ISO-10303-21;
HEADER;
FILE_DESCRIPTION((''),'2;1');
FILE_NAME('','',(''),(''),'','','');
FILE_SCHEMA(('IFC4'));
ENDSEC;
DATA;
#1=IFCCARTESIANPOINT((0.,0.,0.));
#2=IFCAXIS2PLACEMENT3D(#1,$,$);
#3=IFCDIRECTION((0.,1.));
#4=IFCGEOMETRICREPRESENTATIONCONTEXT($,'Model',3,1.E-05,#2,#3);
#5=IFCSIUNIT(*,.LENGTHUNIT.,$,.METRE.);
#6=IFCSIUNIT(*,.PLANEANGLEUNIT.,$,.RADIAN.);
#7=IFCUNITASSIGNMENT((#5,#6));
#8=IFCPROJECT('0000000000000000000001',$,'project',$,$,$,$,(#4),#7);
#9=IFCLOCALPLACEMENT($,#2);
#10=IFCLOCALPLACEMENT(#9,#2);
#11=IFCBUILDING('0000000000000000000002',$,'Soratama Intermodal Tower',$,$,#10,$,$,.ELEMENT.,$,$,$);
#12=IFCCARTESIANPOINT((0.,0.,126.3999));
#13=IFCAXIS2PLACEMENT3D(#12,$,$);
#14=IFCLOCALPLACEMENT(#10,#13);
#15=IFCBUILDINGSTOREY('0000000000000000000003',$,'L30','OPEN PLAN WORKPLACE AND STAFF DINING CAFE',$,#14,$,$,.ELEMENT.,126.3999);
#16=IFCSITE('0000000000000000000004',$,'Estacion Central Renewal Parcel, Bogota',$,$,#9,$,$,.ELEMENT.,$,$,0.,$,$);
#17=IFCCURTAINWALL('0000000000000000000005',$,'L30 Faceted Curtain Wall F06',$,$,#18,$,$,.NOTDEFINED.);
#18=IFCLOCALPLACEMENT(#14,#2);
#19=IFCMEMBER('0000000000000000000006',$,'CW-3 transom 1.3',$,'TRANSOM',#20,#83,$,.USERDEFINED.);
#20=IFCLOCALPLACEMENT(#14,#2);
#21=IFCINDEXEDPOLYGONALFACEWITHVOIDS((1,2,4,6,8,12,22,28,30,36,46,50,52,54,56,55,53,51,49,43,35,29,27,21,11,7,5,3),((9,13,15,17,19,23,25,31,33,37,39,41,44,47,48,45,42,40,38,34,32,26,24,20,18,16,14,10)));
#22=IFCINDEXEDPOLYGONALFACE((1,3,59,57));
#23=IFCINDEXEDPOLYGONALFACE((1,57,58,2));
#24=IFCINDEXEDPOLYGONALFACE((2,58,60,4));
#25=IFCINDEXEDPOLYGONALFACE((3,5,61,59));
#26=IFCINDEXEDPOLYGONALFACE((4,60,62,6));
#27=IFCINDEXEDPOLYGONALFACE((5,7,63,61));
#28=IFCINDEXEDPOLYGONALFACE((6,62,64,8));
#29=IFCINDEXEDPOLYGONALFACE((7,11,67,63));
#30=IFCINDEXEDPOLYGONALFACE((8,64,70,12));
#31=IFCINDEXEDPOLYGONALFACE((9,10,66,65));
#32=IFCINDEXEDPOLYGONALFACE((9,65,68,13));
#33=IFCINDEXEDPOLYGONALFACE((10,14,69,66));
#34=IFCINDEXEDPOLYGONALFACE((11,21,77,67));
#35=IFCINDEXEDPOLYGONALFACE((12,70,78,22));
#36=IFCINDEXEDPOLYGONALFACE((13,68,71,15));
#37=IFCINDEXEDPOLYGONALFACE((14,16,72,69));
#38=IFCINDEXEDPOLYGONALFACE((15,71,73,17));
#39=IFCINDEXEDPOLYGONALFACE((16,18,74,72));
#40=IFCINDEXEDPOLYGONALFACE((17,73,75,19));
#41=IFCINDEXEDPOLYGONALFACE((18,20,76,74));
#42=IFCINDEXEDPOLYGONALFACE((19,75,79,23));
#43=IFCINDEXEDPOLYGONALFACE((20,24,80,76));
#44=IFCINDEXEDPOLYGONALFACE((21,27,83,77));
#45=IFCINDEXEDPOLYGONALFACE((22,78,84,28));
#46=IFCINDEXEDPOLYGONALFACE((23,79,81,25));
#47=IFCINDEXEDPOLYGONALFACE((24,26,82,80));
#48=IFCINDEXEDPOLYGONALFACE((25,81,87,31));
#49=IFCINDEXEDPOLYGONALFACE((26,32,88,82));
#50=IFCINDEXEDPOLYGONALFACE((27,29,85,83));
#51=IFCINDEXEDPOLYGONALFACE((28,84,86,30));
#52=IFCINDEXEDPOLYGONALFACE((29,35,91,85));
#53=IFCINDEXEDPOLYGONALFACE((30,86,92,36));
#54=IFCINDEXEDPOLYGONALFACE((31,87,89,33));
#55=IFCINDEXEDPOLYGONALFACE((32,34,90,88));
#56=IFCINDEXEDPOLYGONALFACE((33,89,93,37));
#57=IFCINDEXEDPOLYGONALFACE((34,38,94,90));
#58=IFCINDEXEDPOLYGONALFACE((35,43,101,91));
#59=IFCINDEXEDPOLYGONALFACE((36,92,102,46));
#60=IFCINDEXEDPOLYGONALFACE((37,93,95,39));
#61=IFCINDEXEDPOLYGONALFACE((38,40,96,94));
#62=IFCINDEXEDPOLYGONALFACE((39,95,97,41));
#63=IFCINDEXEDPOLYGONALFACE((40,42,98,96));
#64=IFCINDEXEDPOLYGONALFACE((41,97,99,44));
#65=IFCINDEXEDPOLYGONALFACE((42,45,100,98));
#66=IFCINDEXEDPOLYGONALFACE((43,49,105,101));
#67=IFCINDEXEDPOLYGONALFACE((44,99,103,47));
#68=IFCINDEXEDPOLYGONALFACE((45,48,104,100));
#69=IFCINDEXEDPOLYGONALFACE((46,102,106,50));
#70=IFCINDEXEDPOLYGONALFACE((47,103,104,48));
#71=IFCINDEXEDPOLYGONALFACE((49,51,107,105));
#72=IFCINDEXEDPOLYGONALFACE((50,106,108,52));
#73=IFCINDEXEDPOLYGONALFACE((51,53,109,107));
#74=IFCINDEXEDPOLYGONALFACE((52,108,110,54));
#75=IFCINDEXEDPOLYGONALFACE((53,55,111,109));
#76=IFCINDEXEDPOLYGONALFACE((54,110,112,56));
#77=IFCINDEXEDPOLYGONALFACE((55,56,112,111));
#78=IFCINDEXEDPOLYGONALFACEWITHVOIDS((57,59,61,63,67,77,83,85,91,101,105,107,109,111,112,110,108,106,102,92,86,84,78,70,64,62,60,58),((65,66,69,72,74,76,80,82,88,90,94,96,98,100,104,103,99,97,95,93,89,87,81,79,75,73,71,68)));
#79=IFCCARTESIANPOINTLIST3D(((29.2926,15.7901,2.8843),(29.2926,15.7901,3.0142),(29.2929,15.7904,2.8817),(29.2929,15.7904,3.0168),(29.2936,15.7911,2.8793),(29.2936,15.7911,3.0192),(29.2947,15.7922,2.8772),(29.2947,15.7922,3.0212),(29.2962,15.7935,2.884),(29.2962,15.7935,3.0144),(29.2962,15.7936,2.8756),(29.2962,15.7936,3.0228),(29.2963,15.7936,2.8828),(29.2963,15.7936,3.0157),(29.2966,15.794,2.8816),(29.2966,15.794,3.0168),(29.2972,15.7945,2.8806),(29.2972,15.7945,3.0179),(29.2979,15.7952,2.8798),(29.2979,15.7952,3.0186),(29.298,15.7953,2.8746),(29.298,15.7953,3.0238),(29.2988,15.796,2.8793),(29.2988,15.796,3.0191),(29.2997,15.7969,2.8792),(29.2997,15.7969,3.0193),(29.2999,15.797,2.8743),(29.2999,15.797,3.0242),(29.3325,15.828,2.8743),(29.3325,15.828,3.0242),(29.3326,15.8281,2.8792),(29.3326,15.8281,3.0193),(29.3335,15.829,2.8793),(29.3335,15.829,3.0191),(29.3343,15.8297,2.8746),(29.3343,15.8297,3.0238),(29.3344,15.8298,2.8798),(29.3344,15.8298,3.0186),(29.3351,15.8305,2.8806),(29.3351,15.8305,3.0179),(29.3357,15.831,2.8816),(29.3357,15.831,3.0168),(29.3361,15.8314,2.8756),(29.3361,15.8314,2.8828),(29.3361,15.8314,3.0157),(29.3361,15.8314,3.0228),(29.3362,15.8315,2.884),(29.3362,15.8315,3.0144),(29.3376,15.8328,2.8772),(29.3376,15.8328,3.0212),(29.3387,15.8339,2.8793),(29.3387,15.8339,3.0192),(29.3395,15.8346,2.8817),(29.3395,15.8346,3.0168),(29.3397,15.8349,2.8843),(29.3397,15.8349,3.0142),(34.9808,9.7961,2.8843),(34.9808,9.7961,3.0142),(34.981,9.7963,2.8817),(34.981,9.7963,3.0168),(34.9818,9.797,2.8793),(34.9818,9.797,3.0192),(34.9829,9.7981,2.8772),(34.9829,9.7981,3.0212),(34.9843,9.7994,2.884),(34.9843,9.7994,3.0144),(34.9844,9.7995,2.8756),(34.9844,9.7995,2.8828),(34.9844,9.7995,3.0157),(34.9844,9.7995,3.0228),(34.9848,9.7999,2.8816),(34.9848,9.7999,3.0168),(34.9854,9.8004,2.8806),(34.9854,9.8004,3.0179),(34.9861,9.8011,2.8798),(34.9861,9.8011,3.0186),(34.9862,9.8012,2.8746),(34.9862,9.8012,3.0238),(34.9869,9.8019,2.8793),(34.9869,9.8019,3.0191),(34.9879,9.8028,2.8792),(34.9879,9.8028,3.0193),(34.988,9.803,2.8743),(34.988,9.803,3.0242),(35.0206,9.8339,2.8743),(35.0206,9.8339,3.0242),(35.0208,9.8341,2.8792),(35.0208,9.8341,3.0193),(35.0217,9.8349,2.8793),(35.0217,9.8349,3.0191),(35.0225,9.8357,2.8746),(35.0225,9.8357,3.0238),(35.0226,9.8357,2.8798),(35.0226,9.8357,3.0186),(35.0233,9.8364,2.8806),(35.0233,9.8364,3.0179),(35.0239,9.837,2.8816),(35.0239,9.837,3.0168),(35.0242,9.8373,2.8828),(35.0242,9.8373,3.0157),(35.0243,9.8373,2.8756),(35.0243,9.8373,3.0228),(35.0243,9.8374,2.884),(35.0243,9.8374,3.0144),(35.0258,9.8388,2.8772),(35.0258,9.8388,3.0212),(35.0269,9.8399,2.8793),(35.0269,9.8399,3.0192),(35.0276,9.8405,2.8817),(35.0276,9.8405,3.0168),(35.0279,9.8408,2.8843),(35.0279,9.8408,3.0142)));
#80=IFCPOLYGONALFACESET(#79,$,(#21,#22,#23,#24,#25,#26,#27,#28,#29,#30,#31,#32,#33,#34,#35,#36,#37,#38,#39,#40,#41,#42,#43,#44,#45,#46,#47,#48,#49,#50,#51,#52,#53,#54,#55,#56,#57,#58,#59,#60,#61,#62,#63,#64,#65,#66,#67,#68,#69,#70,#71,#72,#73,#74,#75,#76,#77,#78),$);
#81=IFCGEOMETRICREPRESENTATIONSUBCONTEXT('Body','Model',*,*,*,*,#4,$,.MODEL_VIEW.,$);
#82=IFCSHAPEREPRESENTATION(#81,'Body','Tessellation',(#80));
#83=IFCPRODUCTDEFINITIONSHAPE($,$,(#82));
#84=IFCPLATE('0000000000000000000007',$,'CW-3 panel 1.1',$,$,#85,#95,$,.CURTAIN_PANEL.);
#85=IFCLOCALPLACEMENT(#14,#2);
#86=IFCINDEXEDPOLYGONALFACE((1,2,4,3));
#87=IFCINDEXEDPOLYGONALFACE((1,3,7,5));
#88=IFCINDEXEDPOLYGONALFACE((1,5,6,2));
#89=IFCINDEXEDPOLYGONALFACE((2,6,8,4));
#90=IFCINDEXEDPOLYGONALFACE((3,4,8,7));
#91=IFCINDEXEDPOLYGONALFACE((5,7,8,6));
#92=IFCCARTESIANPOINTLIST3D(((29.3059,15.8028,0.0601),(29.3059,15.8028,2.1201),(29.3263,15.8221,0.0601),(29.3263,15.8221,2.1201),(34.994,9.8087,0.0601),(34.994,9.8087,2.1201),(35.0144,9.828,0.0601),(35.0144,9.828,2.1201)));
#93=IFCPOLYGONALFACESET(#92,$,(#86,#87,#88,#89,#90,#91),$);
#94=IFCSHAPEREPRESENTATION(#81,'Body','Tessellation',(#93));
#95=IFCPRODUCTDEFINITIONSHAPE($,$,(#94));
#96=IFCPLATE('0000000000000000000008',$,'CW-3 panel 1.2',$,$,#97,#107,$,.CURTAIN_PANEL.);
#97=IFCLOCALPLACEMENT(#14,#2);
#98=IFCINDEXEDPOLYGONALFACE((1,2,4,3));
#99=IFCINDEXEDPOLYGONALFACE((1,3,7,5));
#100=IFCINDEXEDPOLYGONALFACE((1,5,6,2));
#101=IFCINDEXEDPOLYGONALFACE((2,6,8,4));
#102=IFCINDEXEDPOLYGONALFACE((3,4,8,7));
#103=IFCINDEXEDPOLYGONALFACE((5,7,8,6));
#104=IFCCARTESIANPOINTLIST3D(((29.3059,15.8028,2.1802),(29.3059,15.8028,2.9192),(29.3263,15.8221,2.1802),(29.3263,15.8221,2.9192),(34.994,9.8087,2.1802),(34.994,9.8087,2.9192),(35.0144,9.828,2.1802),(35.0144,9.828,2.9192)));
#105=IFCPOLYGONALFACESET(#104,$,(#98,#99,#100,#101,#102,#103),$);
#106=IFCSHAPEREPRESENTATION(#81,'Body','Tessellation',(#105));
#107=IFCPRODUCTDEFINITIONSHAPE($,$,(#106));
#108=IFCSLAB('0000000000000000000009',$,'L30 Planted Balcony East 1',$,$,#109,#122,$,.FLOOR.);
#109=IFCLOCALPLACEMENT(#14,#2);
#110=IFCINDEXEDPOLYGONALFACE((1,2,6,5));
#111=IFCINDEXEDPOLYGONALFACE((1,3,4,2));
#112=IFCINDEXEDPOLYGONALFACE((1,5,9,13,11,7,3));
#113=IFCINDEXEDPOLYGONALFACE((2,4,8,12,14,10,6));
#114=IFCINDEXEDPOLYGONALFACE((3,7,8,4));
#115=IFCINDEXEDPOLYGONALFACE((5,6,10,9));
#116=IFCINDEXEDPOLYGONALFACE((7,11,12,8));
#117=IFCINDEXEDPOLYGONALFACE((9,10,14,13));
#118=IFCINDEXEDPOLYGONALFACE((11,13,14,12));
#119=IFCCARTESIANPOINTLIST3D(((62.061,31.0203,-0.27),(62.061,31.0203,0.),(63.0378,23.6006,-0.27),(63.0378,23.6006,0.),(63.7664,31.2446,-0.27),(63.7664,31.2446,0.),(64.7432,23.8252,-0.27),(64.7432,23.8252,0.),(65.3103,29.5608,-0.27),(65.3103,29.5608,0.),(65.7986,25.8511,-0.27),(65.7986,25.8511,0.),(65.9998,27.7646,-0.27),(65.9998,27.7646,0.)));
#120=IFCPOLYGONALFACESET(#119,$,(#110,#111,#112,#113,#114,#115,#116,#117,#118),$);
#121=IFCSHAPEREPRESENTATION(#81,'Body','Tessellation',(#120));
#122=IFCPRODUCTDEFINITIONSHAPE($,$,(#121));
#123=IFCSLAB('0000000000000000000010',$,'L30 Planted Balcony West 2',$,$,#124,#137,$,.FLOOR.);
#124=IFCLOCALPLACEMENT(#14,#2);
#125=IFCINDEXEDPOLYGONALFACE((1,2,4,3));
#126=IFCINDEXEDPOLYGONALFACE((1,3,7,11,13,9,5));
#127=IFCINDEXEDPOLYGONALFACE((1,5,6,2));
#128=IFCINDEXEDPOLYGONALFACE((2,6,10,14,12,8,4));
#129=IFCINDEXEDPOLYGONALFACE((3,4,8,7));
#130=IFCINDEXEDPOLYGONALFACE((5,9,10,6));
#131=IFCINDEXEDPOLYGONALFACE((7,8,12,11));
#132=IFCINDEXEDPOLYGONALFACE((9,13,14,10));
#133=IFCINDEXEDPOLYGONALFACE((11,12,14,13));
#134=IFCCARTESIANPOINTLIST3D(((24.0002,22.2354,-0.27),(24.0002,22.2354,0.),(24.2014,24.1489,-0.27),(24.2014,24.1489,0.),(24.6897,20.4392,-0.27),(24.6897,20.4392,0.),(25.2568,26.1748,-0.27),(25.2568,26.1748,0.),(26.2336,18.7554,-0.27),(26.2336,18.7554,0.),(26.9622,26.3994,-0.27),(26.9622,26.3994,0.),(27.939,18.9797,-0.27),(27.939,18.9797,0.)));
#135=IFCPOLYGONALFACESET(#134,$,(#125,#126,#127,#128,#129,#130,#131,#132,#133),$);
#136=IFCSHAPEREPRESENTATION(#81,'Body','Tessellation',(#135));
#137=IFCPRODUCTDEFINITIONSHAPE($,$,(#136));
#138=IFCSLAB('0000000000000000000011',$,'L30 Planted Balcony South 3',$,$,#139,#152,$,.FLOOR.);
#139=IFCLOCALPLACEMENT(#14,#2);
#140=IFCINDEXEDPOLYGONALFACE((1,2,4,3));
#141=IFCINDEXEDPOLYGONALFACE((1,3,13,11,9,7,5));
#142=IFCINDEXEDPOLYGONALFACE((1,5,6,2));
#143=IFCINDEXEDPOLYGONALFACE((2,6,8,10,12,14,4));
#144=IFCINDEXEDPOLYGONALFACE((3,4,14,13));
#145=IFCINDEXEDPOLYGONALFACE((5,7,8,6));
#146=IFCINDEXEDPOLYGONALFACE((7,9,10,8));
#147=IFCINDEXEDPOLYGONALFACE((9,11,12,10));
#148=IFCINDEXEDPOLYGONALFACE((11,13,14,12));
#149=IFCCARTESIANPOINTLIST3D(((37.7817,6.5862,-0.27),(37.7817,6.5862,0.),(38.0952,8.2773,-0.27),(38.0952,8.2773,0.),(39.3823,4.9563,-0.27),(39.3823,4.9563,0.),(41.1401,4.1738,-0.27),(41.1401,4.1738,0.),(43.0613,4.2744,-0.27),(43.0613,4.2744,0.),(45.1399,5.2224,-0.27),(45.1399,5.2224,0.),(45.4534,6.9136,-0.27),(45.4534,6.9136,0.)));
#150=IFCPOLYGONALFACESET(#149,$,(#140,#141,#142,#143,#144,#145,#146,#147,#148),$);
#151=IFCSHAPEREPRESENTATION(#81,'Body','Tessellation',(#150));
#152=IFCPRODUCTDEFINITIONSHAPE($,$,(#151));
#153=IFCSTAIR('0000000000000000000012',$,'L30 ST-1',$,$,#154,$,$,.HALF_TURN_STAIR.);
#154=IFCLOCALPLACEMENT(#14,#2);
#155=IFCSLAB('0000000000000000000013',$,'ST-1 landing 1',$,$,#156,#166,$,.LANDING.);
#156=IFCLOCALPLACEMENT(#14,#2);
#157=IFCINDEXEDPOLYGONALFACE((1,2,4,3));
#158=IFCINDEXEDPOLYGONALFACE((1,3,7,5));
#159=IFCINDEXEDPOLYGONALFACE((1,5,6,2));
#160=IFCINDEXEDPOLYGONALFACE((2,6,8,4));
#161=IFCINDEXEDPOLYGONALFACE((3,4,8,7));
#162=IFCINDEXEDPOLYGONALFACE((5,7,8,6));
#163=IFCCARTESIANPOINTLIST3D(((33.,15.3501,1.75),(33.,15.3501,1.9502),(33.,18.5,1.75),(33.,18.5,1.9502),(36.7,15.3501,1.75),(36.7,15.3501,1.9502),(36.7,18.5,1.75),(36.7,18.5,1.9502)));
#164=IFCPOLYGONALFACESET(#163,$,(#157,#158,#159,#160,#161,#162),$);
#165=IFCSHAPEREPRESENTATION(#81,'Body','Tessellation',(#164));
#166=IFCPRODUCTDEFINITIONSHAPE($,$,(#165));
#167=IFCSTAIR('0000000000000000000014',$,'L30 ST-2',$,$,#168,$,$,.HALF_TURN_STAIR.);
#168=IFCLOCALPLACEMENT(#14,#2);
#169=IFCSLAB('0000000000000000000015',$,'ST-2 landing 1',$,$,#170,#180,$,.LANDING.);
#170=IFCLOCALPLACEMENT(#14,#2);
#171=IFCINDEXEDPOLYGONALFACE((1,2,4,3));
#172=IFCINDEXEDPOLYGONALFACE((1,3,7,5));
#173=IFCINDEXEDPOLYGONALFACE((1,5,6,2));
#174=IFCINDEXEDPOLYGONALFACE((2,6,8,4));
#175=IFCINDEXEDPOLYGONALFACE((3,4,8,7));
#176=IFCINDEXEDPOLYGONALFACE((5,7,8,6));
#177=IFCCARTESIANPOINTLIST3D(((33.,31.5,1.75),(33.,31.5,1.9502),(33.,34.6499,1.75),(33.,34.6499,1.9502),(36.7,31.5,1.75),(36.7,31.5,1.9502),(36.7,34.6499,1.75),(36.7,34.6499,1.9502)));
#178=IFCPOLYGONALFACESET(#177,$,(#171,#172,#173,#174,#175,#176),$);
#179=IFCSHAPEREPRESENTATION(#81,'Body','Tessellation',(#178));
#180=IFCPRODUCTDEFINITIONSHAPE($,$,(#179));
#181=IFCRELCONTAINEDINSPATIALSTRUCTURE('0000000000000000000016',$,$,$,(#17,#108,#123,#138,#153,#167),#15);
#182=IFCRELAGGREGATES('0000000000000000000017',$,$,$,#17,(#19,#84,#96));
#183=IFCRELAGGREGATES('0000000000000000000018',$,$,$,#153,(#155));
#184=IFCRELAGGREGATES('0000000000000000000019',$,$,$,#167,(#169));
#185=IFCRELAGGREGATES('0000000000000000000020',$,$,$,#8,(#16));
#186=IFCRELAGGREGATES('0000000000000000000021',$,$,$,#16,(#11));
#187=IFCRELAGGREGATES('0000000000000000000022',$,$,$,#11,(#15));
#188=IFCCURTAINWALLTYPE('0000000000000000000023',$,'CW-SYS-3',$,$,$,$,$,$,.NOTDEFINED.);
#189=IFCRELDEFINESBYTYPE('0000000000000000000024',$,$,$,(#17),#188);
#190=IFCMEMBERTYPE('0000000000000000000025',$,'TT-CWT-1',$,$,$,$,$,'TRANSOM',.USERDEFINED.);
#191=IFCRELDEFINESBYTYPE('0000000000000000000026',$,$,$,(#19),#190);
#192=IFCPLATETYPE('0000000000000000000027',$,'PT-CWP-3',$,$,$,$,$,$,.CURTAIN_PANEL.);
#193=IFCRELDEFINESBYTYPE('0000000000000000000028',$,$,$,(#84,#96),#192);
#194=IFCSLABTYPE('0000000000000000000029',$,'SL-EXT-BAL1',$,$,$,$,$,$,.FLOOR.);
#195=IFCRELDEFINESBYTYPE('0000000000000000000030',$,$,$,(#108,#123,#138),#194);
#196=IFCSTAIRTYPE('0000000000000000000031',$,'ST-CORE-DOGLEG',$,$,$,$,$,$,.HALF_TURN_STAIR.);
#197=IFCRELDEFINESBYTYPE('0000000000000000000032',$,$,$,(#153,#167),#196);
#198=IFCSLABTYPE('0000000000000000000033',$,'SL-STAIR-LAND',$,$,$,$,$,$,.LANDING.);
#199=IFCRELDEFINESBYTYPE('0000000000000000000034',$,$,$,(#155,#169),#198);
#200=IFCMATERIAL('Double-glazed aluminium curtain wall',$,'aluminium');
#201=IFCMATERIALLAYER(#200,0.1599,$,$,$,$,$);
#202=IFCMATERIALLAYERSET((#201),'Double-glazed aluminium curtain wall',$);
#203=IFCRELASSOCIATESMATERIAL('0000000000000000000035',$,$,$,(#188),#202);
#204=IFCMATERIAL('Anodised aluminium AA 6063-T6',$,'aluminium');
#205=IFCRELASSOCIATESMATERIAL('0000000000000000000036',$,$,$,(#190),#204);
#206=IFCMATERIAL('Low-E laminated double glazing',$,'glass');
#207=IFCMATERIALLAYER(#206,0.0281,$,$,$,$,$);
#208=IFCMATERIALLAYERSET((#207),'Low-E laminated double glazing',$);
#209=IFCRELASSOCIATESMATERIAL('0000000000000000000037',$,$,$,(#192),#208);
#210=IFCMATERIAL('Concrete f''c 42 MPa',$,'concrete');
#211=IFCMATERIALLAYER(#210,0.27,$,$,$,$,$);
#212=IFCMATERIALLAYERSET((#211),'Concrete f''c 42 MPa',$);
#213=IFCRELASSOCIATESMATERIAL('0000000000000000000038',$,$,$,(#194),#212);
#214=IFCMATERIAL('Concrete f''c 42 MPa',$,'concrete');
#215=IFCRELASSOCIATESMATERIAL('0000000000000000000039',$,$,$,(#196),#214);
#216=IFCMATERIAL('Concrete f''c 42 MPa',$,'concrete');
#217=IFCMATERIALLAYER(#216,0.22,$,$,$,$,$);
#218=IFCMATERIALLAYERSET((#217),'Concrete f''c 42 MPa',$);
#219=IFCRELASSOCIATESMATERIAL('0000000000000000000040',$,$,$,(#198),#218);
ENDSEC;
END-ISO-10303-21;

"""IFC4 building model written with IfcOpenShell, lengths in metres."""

from ifc_helpers import new_model, si_unit, direction, frame, origin, origin_2d, place, context, subcontext, project, spatial, polyline, rectangle, hollow_rectangle, outline, extrude, material, layer, layer_set, material_profile, profile_set, type_object, element, aggregate, save


model = new_model("IFC4")

# Units and contexts
model_context = context("Model", 3, precision=1e-05, world=origin(), true_north=direction((0.0, 1.0)))
body_context = subcontext(model_context, "Body", "Model", "MODEL_VIEW")
ifc_project = project(units=[si_unit("LENGTHUNIT", "METRE"), si_unit("PLANEANGLEUNIT", "RADIAN")], contexts=[model_context])

# Site, building, storey
site_placement = place(None, origin())
site = spatial("IfcSite", under=ifc_project, at=site_placement, Name="Estacion Central Renewal Parcel, Bogota", CompositionType="ELEMENT", RefElevation=0.0)
building_placement = place(site_placement, origin())
building = spatial("IfcBuilding", under=site, at=building_placement, Name="Soratama Intermodal Tower", CompositionType="ELEMENT")
storey_placement = place(building_placement, frame((0.0, 0.0, 126.3999)))
storey = spatial("IfcBuildingStorey", under=building, at=storey_placement, Name="L30", Description="OPEN PLAN WORKPLACE AND STAFF DINING CAFE", CompositionType="ELEMENT", Elevation=126.3999)

# Curtain wall, member, plates
ifc_material_1 = material(Name="Double-glazed aluminium curtain wall", Category="aluminium")
ifc_layer_1 = layer(ifc_material_1, 0.1599)
ifc_layer_set_1 = layer_set([ifc_layer_1], Name="Double-glazed aluminium curtain wall")
curtain_wall_type = type_object("IfcCurtainWallType", Name="CW-SYS-3", PredefinedType="NOTDEFINED", material=ifc_layer_set_1)
curtain_wall_placement = place(storey_placement, origin())
curtain_wall = element("IfcCurtainWall", 1, at=curtain_wall_placement, inside=storey, type_object=curtain_wall_type, Name="L30 Faceted Curtain Wall F06", PredefinedType="NOTDEFINED")
ifc_material_2 = material(Name="Anodised aluminium AA 6063-T6", Category="aluminium")
ifc_material_profile_1 = material_profile(ifc_material_2, hollow_rectangle(XDim=0.0649, YDim=0.1499, WallThickness=0.0049, InnerFilletRadius=0.0049, OuterFilletRadius=0.01, at=origin_2d()), Name="CWT150X65X5")
ifc_profile_set_1 = profile_set([ifc_material_profile_1], Name="Anodised aluminium AA 6063-T6")
member_type_1 = type_object("IfcMemberType", Name="TT-CWT-1", ElementType="TRANSOM", PredefinedType="USERDEFINED", material=ifc_profile_set_1)
member_1_placement = place(storey_placement, frame((29.3162, 15.8125, 2.9492), z_axis=(0.688355, -0.725374, 0.0), x_axis=(0.725374, 0.688355, 0.0)))
member_1 = element("IfcMember", 2, at=member_1_placement, type_object=member_type_1, Name="CW-3 transom 1.3", ObjectType="TRANSOM", PredefinedType="USERDEFINED", context=body_context, shape_type="SweptSolid", body=[
    extrude(hollow_rectangle(XDim=0.0649, YDim=0.1499, WallThickness=0.0049, InnerFilletRadius=0.0049, OuterFilletRadius=0.01, at=origin_2d()), origin(), (0.0, 0.0, 1.0), 8.2634),
])
ifc_material_3 = material(Name="Low-E laminated double glazing", Category="glass")
ifc_layer_2 = layer(ifc_material_3, 0.0281)
ifc_layer_set_2 = layer_set([ifc_layer_2], Name="Low-E laminated double glazing")
plate_type = type_object("IfcPlateType", Name="PT-CWP-3", PredefinedType="CURTAIN_PANEL", material=ifc_layer_set_2)
plate_1_placement = place(storey_placement, frame((32.1602, 12.8154, 0.0601), z_axis=(0.0, 0.0, 1.0), x_axis=(0.688352, -0.725377, 0.0)))
plate_1 = element("IfcPlate", 3, at=plate_1_placement, type_object=plate_type, Name="CW-3 panel 1.1", PredefinedType="CURTAIN_PANEL", context=body_context, shape_type="SweptSolid", body=[
    extrude(rectangle(XDim=8.2634, YDim=0.0281, at=origin_2d()), origin(), (0.0, 0.0, 1.0), 2.0601),
])
plate_2_placement = place(storey_placement, frame((32.1602, 12.8154, 2.1802), z_axis=(0.0, 0.0, 1.0), x_axis=(0.688352, -0.725377, 0.0)))
plate_2 = element("IfcPlate", 4, at=plate_2_placement, type_object=plate_type, Name="CW-3 panel 1.2", PredefinedType="CURTAIN_PANEL", context=body_context, shape_type="SweptSolid", body=[
    extrude(rectangle(XDim=8.2634, YDim=0.0281, at=origin_2d()), origin(), (0.0, 0.0, 1.0), 0.739),
])
aggregate(curtain_wall, [member_1, plate_1, plate_2])

# Slabs
ifc_material_4 = material(Name="Concrete f'c 42 MPa", Category="concrete")
ifc_layer_3 = layer(ifc_material_4, 0.27)
ifc_layer_set_3 = layer_set([ifc_layer_3], Name="Concrete f'c 42 MPa")
slab_type_1 = type_object("IfcSlabType", Name="SL-EXT-BAL1", PredefinedType="FLOOR", material=ifc_layer_set_3)
slab_1_placement = place(storey_placement, frame((0.0, 0.0, -0.27)))
element("IfcSlab", 5, at=slab_1_placement, inside=storey, type_object=slab_type_1, Name="L30 Planted Balcony East 1", PredefinedType="FLOOR", context=body_context, shape_type="SweptSolid", body=[
    extrude(outline(polyline([(63.0378, 23.6006), (62.061, 31.0203), (63.7664, 31.2446), (65.3103, 29.5608), (65.9998, 27.7646), (65.7986, 25.8511), (64.7432, 23.8252), (63.0378, 23.6006)])), origin(), (0.0, 0.0, 1.0), 0.27),
])
slab_2_placement = place(storey_placement, frame((0.0, 0.0, -0.27)))
element("IfcSlab", 6, at=slab_2_placement, inside=storey, type_object=slab_type_1, Name="L30 Planted Balcony West 2", PredefinedType="FLOOR", context=body_context, shape_type="SweptSolid", body=[
    extrude(outline(polyline([(26.9622, 26.3994), (27.939, 18.9797), (26.2336, 18.7554), (24.6897, 20.4392), (24.0002, 22.2354), (24.2014, 24.1489), (25.2568, 26.1748), (26.9622, 26.3994)])), origin(), (0.0, 0.0, 1.0), 0.27),
])
slab_3_placement = place(storey_placement, frame((0.0, 0.0, -0.27)))
element("IfcSlab", 7, at=slab_3_placement, inside=storey, type_object=slab_type_1, Name="L30 Planted Balcony South 3", PredefinedType="FLOOR", context=body_context, shape_type="SweptSolid", body=[
    extrude(outline(polyline([(38.0952, 8.2773), (45.4534, 6.9136), (45.1399, 5.2224), (43.0613, 4.2744), (41.1401, 4.1738), (39.3823, 4.9563), (37.7817, 6.5862), (38.0952, 8.2773)])), origin(), (0.0, 0.0, 1.0), 0.27),
])

# Stairs, slabs
ifc_material_5 = material(Name="Concrete f'c 42 MPa", Category="concrete")
stair_type = type_object("IfcStairType", Name="ST-CORE-DOGLEG", PredefinedType="HALF_TURN_STAIR", material=ifc_material_5)
stair_1_placement = place(storey_placement, origin())
stair_1 = element("IfcStair", 8, at=stair_1_placement, inside=storey, type_object=stair_type, Name="L30 ST-1", PredefinedType="HALF_TURN_STAIR")
ifc_material_6 = material(Name="Concrete f'c 42 MPa", Category="concrete")
ifc_layer_4 = layer(ifc_material_6, 0.22)
ifc_layer_set_4 = layer_set([ifc_layer_4], Name="Concrete f'c 42 MPa")
slab_type_2 = type_object("IfcSlabType", Name="SL-STAIR-LAND", PredefinedType="LANDING", material=ifc_layer_set_4)
slab_4_placement = place(storey_placement, frame((0.0, 0.0, 1.75)))
slab_4 = element("IfcSlab", 9, at=slab_4_placement, type_object=slab_type_2, Name="ST-1 landing 1", PredefinedType="LANDING", context=body_context, shape_type="SweptSolid", body=[
    extrude(outline(polyline([(36.7, 18.5), (33.0, 18.5), (33.0, 15.3501), (36.7, 15.3501), (36.7, 18.5)])), origin(), (0.0, 0.0, 1.0), 0.2002),
])
aggregate(stair_1, [slab_4])
stair_2_placement = place(storey_placement, origin())
stair_2 = element("IfcStair", 10, at=stair_2_placement, inside=storey, type_object=stair_type, Name="L30 ST-2", PredefinedType="HALF_TURN_STAIR")
slab_5_placement = place(storey_placement, frame((0.0, 0.0, 1.75)))
slab_5 = element("IfcSlab", 11, at=slab_5_placement, type_object=slab_type_2, Name="ST-2 landing 1", PredefinedType="LANDING", context=body_context, shape_type="SweptSolid", body=[
    extrude(outline(polyline([(36.7, 34.6499), (33.0, 34.6499), (33.0, 31.5), (36.7, 31.5), (36.7, 34.6499)])), origin(), (0.0, 0.0, 1.0), 0.2002),
])
aggregate(stair_2, [slab_5])

save(model, "model.ifc")
